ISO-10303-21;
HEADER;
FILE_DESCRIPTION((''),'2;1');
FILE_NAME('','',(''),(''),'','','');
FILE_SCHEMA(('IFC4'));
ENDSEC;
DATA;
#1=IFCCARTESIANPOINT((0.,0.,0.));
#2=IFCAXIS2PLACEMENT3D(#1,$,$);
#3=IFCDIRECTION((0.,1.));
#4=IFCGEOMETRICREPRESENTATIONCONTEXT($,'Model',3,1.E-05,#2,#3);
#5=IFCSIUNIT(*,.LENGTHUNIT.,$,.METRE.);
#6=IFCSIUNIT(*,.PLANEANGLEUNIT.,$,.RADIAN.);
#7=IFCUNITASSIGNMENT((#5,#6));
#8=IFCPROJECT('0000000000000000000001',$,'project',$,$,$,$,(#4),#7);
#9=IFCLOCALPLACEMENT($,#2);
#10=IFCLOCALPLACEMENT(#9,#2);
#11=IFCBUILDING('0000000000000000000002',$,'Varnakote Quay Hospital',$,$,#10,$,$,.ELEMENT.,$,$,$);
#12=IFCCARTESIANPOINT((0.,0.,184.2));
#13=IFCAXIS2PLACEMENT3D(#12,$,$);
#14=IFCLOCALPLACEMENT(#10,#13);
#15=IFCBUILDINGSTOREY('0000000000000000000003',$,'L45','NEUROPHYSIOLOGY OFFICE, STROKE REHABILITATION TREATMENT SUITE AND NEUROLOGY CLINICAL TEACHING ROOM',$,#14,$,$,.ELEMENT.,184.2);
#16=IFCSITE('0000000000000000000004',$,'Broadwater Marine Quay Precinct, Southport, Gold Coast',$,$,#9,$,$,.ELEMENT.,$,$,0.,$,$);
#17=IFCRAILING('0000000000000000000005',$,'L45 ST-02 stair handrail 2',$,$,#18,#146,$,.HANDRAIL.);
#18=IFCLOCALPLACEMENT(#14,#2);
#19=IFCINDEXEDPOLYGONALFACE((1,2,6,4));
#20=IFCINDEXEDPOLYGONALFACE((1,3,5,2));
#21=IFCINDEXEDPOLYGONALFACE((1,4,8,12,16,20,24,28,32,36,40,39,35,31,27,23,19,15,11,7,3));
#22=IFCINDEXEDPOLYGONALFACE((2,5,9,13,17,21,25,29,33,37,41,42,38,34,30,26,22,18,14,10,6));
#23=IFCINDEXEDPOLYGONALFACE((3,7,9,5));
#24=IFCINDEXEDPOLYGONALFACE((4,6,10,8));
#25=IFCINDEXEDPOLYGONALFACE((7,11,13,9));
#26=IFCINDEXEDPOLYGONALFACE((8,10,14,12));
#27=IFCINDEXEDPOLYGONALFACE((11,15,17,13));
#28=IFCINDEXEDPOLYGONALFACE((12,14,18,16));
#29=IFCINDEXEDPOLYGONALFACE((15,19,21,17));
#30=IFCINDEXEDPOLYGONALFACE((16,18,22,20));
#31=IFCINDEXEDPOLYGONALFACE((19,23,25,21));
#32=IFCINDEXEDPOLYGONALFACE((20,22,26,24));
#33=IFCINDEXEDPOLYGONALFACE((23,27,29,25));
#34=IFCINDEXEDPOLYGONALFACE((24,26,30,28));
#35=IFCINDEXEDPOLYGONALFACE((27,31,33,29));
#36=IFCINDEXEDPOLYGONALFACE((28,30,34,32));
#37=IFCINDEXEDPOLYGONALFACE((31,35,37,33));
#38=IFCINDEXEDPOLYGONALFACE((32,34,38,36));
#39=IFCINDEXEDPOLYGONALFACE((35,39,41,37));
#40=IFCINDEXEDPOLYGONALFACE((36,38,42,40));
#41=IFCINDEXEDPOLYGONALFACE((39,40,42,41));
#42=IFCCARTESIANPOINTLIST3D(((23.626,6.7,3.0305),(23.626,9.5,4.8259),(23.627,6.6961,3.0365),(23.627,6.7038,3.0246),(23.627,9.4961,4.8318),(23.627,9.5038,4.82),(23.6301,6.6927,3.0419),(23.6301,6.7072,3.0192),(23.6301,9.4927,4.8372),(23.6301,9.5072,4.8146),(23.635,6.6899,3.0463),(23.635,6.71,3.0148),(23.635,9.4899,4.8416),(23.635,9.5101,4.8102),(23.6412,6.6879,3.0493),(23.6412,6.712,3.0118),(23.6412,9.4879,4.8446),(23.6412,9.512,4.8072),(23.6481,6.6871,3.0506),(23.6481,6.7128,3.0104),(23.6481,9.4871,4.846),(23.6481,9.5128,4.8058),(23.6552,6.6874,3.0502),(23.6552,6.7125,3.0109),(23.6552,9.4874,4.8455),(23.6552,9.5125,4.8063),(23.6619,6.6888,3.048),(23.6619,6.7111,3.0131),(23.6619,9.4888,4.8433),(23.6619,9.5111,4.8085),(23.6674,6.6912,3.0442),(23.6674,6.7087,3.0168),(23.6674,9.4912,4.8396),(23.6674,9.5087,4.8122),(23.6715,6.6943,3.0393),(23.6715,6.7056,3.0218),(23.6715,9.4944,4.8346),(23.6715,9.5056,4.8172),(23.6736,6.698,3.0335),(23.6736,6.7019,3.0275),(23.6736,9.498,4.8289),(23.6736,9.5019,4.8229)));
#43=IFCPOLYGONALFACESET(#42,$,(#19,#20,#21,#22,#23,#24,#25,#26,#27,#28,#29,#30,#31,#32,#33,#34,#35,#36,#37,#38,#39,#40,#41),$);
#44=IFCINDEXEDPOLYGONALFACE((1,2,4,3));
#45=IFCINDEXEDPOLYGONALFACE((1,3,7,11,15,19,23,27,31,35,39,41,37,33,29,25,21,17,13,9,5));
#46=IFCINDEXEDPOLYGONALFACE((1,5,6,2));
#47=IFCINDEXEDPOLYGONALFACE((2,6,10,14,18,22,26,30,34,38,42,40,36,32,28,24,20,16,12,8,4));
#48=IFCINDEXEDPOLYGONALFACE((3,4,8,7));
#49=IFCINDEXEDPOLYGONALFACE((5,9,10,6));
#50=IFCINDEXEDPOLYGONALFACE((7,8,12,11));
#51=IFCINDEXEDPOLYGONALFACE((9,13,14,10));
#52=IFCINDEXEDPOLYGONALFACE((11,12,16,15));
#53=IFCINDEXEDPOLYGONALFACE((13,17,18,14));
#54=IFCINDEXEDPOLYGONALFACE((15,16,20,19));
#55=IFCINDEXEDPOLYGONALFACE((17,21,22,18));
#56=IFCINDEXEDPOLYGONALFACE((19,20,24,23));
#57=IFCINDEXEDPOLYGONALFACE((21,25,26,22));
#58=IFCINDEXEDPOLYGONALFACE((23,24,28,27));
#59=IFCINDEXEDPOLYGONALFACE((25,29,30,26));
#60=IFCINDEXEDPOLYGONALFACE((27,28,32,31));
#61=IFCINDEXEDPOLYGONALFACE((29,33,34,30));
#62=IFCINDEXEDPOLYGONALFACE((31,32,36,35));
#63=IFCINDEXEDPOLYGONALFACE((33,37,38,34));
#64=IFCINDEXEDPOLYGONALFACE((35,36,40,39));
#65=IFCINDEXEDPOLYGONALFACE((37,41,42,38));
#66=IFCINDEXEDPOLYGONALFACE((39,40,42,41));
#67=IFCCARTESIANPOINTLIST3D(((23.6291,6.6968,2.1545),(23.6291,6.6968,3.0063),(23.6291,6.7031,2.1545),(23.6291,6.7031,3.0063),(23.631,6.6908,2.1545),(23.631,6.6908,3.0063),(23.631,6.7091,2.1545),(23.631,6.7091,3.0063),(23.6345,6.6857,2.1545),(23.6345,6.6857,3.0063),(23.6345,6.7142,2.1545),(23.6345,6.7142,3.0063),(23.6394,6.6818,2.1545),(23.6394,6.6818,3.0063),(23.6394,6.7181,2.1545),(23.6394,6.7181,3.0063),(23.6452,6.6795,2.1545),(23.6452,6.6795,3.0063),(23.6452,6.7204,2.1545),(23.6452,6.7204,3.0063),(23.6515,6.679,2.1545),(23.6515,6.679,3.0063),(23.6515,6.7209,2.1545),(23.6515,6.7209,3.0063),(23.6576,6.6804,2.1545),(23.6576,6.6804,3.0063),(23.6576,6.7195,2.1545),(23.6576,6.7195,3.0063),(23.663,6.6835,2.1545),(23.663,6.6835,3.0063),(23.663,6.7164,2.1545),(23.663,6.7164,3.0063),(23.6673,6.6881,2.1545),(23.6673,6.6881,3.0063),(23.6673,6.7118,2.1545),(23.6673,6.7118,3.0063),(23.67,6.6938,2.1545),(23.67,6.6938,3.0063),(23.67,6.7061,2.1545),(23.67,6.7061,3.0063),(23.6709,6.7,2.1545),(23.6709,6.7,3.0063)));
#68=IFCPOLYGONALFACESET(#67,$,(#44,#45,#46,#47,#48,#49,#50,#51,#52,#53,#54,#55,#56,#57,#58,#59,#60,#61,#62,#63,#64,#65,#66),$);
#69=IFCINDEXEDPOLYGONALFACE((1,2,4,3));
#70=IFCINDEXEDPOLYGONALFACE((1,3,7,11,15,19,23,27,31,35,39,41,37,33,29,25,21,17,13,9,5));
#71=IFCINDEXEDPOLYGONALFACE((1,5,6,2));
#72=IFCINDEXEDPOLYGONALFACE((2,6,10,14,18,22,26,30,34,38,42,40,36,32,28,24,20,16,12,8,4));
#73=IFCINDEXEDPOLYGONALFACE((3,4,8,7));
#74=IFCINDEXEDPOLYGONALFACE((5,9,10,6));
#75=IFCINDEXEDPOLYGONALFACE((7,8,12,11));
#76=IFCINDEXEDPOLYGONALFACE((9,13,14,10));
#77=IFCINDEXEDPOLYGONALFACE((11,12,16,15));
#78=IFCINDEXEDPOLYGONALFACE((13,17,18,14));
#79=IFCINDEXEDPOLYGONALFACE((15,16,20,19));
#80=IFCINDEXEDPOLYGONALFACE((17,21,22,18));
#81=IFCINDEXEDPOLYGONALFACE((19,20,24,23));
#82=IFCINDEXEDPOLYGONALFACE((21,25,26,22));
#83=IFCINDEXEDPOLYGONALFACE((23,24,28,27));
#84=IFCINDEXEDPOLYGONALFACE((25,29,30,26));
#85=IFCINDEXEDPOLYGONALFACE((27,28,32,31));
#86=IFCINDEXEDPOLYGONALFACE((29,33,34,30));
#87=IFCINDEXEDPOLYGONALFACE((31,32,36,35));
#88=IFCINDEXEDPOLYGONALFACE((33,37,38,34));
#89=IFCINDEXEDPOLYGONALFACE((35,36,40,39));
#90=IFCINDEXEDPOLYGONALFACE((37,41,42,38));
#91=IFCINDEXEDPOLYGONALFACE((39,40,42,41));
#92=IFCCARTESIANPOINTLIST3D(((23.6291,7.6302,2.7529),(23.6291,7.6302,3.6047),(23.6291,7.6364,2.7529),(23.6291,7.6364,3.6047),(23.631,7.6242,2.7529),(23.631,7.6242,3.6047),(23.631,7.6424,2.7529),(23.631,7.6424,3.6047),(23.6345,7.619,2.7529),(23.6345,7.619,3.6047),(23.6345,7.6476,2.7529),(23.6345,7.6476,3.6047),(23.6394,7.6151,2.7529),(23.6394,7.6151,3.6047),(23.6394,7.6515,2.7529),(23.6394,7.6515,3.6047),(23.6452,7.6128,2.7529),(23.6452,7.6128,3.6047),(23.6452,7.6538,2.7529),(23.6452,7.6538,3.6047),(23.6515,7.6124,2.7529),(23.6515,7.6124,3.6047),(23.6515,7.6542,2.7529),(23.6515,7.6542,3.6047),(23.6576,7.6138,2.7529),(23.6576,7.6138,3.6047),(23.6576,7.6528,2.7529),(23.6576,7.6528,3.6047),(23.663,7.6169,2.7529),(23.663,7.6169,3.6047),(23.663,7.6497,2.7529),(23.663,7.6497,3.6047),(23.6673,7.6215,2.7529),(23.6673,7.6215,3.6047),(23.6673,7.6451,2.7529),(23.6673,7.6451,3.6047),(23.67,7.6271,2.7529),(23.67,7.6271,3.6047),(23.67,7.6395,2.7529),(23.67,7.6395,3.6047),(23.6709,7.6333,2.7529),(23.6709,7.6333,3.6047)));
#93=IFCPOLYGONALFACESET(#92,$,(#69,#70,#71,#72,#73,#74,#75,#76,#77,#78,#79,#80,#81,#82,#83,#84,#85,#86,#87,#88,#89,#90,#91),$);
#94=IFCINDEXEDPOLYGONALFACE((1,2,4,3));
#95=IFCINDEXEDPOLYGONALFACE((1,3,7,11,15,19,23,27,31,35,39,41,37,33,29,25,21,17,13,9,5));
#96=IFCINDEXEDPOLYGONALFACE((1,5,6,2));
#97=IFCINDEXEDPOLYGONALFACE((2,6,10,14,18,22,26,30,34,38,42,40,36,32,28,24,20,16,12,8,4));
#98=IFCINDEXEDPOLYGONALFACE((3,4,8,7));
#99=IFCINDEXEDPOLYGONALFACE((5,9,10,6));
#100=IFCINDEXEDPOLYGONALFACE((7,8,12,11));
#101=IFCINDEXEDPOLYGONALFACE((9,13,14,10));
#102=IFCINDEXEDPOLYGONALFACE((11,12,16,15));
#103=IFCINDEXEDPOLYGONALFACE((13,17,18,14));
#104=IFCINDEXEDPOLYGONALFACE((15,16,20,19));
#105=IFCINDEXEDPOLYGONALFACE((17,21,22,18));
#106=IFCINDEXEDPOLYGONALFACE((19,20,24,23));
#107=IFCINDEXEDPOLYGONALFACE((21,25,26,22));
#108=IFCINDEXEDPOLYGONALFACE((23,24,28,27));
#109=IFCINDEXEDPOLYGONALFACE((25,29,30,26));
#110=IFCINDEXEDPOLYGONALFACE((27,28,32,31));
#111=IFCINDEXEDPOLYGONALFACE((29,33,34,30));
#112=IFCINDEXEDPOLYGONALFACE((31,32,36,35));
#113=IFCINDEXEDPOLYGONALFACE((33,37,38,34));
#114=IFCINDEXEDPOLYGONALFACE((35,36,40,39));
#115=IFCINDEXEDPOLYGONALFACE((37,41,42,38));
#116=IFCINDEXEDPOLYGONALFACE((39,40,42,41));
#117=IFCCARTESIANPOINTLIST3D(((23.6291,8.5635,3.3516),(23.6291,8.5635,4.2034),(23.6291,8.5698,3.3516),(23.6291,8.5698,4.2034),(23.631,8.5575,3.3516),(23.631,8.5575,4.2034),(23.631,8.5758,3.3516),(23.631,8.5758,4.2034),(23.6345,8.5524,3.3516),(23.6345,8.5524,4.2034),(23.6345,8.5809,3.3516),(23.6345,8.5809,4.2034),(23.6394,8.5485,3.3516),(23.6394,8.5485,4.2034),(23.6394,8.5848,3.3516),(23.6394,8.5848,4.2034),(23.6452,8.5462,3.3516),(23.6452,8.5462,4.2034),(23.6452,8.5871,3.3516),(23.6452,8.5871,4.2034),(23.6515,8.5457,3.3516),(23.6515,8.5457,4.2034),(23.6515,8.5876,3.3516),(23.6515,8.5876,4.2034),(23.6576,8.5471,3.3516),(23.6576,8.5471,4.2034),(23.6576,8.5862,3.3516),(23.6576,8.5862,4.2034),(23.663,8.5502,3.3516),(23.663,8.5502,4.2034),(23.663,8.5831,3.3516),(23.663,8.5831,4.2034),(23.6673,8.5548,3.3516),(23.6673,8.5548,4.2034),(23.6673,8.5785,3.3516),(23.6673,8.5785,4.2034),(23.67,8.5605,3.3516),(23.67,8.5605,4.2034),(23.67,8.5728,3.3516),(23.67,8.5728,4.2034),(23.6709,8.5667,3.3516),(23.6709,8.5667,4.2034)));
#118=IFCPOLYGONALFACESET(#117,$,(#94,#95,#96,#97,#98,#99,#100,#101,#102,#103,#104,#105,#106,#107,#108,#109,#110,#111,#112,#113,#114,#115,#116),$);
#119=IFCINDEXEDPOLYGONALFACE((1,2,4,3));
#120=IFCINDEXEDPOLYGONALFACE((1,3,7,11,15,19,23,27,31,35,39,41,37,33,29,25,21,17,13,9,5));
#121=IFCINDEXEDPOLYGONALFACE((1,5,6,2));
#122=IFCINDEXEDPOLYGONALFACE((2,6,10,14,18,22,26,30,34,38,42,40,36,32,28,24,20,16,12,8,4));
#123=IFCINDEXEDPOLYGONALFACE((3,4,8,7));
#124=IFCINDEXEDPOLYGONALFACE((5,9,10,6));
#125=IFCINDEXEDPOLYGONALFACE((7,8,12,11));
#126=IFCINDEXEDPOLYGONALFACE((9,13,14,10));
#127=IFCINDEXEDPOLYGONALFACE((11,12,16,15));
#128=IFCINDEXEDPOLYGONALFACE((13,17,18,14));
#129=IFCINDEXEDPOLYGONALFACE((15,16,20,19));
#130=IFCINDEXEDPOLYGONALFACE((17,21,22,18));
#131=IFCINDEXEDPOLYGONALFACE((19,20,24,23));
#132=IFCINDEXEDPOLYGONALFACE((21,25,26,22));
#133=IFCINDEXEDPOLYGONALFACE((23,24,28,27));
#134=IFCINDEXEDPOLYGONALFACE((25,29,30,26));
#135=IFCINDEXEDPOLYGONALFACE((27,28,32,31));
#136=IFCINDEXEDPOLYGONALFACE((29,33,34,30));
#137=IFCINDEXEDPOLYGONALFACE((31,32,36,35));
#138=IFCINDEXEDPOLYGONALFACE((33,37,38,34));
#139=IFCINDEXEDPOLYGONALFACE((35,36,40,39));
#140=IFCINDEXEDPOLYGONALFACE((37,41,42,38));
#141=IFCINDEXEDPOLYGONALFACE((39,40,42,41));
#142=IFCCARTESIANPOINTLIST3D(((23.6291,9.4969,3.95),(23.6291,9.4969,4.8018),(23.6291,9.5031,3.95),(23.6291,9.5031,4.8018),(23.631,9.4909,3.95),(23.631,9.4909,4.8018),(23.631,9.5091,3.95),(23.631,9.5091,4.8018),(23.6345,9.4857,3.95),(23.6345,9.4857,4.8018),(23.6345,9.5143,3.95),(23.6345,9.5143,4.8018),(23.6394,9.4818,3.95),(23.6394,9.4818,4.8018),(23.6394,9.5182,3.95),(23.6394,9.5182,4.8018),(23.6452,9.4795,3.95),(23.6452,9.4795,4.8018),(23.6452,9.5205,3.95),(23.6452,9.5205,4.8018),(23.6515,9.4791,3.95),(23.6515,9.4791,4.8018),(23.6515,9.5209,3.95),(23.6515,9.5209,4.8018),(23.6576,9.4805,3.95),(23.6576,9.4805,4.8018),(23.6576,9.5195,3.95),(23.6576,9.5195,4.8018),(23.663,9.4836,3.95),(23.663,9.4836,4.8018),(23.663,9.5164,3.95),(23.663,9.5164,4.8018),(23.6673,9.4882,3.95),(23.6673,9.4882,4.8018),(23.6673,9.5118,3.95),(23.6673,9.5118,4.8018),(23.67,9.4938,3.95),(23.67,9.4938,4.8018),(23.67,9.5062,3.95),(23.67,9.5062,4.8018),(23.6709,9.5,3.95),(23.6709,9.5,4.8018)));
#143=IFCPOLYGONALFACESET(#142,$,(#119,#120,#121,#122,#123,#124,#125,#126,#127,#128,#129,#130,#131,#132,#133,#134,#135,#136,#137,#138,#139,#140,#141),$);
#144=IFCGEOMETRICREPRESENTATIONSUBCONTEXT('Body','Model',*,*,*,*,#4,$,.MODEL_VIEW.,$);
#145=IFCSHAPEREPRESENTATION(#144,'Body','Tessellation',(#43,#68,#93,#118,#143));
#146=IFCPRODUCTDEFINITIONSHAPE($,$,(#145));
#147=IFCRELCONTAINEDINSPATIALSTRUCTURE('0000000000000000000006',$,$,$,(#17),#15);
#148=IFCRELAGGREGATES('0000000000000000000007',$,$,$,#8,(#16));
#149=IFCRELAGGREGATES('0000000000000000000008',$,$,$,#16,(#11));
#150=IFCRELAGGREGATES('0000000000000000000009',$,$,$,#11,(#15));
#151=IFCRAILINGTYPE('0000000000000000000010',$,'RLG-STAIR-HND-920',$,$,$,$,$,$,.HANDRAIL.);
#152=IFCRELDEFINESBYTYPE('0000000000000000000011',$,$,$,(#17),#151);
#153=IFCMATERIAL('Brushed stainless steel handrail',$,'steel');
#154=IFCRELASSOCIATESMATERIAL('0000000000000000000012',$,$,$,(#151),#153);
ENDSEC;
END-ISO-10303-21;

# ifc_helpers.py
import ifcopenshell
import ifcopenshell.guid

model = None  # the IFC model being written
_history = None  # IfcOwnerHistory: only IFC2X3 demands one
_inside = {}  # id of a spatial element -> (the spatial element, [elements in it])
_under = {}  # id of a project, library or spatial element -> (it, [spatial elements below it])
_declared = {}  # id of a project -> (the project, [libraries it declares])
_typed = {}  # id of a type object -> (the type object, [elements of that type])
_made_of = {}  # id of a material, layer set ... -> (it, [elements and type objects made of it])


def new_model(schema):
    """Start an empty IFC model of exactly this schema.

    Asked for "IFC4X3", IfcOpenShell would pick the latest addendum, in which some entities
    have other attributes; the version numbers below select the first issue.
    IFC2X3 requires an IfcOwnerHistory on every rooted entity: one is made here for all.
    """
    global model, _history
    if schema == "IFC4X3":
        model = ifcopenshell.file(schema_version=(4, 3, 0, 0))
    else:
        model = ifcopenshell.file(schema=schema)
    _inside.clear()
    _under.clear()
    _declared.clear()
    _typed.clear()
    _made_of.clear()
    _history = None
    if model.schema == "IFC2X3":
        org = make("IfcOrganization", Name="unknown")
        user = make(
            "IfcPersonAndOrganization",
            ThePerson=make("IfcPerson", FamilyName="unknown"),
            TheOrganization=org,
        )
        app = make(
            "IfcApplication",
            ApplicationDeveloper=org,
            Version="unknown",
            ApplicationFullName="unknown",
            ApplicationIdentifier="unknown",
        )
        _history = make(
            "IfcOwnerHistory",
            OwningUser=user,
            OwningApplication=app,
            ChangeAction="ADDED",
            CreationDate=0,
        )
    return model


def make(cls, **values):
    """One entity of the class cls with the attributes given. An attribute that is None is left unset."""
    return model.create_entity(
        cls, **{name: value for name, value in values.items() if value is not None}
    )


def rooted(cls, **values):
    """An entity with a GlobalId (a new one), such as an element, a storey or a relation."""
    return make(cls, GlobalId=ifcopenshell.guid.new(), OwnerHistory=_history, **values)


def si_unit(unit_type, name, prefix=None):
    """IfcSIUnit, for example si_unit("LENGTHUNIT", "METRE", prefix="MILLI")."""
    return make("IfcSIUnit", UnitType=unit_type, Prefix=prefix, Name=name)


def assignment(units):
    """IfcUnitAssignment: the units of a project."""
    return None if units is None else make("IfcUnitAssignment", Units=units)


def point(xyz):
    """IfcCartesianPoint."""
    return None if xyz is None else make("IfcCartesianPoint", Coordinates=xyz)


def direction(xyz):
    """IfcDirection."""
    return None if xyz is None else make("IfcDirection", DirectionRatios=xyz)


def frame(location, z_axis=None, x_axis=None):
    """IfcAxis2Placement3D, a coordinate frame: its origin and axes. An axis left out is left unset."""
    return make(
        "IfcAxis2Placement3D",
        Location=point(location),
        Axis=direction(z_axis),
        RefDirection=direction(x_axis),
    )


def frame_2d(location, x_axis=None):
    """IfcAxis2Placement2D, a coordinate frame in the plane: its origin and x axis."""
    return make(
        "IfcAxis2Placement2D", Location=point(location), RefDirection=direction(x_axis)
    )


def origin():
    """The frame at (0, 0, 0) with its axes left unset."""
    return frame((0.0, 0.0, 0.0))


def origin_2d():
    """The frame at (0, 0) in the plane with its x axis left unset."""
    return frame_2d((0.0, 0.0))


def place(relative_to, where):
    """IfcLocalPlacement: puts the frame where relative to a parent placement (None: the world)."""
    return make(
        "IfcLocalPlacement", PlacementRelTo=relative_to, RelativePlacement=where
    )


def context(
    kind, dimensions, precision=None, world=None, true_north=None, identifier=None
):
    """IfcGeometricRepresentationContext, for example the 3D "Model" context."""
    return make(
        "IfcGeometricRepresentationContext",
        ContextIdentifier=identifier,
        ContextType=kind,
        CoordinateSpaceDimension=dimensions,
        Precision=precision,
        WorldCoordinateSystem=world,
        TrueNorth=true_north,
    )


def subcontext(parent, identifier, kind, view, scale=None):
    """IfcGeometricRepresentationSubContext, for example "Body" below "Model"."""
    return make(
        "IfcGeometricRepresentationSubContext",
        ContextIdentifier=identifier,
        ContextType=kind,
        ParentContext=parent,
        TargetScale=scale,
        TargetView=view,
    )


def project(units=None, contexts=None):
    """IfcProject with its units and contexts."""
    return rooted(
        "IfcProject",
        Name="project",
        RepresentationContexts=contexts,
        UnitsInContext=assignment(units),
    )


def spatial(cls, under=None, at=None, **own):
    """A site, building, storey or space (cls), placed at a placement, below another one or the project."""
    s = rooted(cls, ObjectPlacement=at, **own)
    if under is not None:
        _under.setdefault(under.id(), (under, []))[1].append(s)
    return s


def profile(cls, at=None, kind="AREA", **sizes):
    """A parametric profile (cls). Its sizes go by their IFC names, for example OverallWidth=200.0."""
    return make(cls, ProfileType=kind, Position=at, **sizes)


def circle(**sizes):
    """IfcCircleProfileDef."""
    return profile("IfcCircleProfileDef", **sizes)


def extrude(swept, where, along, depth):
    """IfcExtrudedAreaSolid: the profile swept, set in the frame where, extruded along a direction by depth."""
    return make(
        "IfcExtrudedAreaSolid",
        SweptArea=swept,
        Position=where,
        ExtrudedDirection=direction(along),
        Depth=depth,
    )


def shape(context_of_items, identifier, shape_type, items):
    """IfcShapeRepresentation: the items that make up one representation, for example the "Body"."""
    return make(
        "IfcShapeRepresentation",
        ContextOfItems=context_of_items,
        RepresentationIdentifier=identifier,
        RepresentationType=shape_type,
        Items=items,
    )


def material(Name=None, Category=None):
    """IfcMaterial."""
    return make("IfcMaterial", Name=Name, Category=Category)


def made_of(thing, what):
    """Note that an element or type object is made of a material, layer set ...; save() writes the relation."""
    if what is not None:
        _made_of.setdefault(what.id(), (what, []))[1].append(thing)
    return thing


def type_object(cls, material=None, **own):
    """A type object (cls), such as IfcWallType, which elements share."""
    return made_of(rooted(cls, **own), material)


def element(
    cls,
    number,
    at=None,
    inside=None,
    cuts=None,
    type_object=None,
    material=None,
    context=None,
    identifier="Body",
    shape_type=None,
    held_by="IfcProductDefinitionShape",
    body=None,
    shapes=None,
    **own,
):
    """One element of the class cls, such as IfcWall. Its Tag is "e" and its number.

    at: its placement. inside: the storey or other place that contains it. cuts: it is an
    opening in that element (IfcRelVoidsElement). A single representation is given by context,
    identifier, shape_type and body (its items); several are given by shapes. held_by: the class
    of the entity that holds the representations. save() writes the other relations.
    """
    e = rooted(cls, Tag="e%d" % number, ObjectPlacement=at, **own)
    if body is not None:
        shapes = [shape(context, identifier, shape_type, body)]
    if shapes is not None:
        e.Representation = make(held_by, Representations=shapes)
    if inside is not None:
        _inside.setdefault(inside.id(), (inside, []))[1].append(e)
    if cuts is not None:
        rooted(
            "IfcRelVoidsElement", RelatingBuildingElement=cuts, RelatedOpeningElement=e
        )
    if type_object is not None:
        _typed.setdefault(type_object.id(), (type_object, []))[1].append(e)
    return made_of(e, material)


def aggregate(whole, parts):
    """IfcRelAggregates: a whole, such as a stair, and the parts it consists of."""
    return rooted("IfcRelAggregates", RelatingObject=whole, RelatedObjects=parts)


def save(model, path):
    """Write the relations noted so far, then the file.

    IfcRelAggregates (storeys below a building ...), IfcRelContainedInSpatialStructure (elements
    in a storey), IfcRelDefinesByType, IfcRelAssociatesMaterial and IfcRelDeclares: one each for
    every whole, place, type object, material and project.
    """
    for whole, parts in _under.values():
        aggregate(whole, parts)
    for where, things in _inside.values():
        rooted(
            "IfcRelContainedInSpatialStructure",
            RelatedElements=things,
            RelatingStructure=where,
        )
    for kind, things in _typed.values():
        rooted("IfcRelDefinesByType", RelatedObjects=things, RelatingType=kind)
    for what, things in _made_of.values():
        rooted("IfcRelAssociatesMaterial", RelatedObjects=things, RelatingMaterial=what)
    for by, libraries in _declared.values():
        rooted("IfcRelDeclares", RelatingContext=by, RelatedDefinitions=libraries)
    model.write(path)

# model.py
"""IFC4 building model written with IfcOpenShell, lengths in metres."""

from ifc_helpers import new_model, si_unit, direction, frame, origin, origin_2d, place, context, subcontext, project, spatial, circle, extrude, material, type_object, element, save


model = new_model("IFC4")

# Units and contexts
model_context = context("Model", 3, precision=1e-05, world=origin(), true_north=direction((0.0, 1.0)))
body_context = subcontext(model_context, "Body", "Model", "MODEL_VIEW")
ifc_project = project(units=[si_unit("LENGTHUNIT", "METRE"), si_unit("PLANEANGLEUNIT", "RADIAN")], contexts=[model_context])

# Site, building, storey
site_placement = place(None, origin())
site = spatial("IfcSite", under=ifc_project, at=site_placement, Name="Broadwater Marine Quay Precinct, Southport, Gold Coast", CompositionType="ELEMENT", RefElevation=0.0)
building_placement = place(site_placement, origin())
building = spatial("IfcBuilding", under=site, at=building_placement, Name="Varnakote Quay Hospital", CompositionType="ELEMENT")
storey_placement = place(building_placement, frame((0.0, 0.0, 184.2)))
storey = spatial("IfcBuildingStorey", under=building, at=storey_placement, Name="L45", Description="NEUROPHYSIOLOGY OFFICE, STROKE REHABILITATION TREATMENT SUITE AND NEUROLOGY CLINICAL TEACHING ROOM", CompositionType="ELEMENT", Elevation=184.2)

# Railing
ifc_material_1 = material(Name="Brushed stainless steel handrail", Category="steel")
railing_type_1 = type_object("IfcRailingType", Name="RLG-STAIR-HND-920", PredefinedType="HANDRAIL", material=ifc_material_1)
railing_1_placement = place(storey_placement, frame((23.6499, 6.7, 2.1545)))
element("IfcRailing", 1, at=railing_1_placement, inside=storey, type_object=railing_type_1, Name="L45 ST-02 stair handrail 2", PredefinedType="HANDRAIL", context=body_context, shape_type="SweptSolid", body=[
    extrude(circle(Radius=0.0239, at=origin_2d()), frame((0.0, 0.0, 0.876), z_axis=(0.0, 0.84181, 0.539774), x_axis=(-1.0, 0.0, 0.0)), (0.0, 0.0, 1.0), 3.3262),
    extrude(circle(Radius=0.021, at=origin_2d()), origin(), (0.0, 0.0, 1.0), 0.8518),
    extrude(circle(Radius=0.021, at=origin_2d()), frame((0.0, 0.9333, 0.5984)), (0.0, 0.0, 1.0), 0.8518),
    extrude(circle(Radius=0.021, at=origin_2d()), frame((0.0, 1.8667, 1.197)), (0.0, 0.0, 1.0), 0.8518),
    extrude(circle(Radius=0.021, at=origin_2d()), frame((0.0, 2.8, 1.7954)), (0.0, 0.0, 1.0), 0.8518),
])

save(model, "model.ifc")
